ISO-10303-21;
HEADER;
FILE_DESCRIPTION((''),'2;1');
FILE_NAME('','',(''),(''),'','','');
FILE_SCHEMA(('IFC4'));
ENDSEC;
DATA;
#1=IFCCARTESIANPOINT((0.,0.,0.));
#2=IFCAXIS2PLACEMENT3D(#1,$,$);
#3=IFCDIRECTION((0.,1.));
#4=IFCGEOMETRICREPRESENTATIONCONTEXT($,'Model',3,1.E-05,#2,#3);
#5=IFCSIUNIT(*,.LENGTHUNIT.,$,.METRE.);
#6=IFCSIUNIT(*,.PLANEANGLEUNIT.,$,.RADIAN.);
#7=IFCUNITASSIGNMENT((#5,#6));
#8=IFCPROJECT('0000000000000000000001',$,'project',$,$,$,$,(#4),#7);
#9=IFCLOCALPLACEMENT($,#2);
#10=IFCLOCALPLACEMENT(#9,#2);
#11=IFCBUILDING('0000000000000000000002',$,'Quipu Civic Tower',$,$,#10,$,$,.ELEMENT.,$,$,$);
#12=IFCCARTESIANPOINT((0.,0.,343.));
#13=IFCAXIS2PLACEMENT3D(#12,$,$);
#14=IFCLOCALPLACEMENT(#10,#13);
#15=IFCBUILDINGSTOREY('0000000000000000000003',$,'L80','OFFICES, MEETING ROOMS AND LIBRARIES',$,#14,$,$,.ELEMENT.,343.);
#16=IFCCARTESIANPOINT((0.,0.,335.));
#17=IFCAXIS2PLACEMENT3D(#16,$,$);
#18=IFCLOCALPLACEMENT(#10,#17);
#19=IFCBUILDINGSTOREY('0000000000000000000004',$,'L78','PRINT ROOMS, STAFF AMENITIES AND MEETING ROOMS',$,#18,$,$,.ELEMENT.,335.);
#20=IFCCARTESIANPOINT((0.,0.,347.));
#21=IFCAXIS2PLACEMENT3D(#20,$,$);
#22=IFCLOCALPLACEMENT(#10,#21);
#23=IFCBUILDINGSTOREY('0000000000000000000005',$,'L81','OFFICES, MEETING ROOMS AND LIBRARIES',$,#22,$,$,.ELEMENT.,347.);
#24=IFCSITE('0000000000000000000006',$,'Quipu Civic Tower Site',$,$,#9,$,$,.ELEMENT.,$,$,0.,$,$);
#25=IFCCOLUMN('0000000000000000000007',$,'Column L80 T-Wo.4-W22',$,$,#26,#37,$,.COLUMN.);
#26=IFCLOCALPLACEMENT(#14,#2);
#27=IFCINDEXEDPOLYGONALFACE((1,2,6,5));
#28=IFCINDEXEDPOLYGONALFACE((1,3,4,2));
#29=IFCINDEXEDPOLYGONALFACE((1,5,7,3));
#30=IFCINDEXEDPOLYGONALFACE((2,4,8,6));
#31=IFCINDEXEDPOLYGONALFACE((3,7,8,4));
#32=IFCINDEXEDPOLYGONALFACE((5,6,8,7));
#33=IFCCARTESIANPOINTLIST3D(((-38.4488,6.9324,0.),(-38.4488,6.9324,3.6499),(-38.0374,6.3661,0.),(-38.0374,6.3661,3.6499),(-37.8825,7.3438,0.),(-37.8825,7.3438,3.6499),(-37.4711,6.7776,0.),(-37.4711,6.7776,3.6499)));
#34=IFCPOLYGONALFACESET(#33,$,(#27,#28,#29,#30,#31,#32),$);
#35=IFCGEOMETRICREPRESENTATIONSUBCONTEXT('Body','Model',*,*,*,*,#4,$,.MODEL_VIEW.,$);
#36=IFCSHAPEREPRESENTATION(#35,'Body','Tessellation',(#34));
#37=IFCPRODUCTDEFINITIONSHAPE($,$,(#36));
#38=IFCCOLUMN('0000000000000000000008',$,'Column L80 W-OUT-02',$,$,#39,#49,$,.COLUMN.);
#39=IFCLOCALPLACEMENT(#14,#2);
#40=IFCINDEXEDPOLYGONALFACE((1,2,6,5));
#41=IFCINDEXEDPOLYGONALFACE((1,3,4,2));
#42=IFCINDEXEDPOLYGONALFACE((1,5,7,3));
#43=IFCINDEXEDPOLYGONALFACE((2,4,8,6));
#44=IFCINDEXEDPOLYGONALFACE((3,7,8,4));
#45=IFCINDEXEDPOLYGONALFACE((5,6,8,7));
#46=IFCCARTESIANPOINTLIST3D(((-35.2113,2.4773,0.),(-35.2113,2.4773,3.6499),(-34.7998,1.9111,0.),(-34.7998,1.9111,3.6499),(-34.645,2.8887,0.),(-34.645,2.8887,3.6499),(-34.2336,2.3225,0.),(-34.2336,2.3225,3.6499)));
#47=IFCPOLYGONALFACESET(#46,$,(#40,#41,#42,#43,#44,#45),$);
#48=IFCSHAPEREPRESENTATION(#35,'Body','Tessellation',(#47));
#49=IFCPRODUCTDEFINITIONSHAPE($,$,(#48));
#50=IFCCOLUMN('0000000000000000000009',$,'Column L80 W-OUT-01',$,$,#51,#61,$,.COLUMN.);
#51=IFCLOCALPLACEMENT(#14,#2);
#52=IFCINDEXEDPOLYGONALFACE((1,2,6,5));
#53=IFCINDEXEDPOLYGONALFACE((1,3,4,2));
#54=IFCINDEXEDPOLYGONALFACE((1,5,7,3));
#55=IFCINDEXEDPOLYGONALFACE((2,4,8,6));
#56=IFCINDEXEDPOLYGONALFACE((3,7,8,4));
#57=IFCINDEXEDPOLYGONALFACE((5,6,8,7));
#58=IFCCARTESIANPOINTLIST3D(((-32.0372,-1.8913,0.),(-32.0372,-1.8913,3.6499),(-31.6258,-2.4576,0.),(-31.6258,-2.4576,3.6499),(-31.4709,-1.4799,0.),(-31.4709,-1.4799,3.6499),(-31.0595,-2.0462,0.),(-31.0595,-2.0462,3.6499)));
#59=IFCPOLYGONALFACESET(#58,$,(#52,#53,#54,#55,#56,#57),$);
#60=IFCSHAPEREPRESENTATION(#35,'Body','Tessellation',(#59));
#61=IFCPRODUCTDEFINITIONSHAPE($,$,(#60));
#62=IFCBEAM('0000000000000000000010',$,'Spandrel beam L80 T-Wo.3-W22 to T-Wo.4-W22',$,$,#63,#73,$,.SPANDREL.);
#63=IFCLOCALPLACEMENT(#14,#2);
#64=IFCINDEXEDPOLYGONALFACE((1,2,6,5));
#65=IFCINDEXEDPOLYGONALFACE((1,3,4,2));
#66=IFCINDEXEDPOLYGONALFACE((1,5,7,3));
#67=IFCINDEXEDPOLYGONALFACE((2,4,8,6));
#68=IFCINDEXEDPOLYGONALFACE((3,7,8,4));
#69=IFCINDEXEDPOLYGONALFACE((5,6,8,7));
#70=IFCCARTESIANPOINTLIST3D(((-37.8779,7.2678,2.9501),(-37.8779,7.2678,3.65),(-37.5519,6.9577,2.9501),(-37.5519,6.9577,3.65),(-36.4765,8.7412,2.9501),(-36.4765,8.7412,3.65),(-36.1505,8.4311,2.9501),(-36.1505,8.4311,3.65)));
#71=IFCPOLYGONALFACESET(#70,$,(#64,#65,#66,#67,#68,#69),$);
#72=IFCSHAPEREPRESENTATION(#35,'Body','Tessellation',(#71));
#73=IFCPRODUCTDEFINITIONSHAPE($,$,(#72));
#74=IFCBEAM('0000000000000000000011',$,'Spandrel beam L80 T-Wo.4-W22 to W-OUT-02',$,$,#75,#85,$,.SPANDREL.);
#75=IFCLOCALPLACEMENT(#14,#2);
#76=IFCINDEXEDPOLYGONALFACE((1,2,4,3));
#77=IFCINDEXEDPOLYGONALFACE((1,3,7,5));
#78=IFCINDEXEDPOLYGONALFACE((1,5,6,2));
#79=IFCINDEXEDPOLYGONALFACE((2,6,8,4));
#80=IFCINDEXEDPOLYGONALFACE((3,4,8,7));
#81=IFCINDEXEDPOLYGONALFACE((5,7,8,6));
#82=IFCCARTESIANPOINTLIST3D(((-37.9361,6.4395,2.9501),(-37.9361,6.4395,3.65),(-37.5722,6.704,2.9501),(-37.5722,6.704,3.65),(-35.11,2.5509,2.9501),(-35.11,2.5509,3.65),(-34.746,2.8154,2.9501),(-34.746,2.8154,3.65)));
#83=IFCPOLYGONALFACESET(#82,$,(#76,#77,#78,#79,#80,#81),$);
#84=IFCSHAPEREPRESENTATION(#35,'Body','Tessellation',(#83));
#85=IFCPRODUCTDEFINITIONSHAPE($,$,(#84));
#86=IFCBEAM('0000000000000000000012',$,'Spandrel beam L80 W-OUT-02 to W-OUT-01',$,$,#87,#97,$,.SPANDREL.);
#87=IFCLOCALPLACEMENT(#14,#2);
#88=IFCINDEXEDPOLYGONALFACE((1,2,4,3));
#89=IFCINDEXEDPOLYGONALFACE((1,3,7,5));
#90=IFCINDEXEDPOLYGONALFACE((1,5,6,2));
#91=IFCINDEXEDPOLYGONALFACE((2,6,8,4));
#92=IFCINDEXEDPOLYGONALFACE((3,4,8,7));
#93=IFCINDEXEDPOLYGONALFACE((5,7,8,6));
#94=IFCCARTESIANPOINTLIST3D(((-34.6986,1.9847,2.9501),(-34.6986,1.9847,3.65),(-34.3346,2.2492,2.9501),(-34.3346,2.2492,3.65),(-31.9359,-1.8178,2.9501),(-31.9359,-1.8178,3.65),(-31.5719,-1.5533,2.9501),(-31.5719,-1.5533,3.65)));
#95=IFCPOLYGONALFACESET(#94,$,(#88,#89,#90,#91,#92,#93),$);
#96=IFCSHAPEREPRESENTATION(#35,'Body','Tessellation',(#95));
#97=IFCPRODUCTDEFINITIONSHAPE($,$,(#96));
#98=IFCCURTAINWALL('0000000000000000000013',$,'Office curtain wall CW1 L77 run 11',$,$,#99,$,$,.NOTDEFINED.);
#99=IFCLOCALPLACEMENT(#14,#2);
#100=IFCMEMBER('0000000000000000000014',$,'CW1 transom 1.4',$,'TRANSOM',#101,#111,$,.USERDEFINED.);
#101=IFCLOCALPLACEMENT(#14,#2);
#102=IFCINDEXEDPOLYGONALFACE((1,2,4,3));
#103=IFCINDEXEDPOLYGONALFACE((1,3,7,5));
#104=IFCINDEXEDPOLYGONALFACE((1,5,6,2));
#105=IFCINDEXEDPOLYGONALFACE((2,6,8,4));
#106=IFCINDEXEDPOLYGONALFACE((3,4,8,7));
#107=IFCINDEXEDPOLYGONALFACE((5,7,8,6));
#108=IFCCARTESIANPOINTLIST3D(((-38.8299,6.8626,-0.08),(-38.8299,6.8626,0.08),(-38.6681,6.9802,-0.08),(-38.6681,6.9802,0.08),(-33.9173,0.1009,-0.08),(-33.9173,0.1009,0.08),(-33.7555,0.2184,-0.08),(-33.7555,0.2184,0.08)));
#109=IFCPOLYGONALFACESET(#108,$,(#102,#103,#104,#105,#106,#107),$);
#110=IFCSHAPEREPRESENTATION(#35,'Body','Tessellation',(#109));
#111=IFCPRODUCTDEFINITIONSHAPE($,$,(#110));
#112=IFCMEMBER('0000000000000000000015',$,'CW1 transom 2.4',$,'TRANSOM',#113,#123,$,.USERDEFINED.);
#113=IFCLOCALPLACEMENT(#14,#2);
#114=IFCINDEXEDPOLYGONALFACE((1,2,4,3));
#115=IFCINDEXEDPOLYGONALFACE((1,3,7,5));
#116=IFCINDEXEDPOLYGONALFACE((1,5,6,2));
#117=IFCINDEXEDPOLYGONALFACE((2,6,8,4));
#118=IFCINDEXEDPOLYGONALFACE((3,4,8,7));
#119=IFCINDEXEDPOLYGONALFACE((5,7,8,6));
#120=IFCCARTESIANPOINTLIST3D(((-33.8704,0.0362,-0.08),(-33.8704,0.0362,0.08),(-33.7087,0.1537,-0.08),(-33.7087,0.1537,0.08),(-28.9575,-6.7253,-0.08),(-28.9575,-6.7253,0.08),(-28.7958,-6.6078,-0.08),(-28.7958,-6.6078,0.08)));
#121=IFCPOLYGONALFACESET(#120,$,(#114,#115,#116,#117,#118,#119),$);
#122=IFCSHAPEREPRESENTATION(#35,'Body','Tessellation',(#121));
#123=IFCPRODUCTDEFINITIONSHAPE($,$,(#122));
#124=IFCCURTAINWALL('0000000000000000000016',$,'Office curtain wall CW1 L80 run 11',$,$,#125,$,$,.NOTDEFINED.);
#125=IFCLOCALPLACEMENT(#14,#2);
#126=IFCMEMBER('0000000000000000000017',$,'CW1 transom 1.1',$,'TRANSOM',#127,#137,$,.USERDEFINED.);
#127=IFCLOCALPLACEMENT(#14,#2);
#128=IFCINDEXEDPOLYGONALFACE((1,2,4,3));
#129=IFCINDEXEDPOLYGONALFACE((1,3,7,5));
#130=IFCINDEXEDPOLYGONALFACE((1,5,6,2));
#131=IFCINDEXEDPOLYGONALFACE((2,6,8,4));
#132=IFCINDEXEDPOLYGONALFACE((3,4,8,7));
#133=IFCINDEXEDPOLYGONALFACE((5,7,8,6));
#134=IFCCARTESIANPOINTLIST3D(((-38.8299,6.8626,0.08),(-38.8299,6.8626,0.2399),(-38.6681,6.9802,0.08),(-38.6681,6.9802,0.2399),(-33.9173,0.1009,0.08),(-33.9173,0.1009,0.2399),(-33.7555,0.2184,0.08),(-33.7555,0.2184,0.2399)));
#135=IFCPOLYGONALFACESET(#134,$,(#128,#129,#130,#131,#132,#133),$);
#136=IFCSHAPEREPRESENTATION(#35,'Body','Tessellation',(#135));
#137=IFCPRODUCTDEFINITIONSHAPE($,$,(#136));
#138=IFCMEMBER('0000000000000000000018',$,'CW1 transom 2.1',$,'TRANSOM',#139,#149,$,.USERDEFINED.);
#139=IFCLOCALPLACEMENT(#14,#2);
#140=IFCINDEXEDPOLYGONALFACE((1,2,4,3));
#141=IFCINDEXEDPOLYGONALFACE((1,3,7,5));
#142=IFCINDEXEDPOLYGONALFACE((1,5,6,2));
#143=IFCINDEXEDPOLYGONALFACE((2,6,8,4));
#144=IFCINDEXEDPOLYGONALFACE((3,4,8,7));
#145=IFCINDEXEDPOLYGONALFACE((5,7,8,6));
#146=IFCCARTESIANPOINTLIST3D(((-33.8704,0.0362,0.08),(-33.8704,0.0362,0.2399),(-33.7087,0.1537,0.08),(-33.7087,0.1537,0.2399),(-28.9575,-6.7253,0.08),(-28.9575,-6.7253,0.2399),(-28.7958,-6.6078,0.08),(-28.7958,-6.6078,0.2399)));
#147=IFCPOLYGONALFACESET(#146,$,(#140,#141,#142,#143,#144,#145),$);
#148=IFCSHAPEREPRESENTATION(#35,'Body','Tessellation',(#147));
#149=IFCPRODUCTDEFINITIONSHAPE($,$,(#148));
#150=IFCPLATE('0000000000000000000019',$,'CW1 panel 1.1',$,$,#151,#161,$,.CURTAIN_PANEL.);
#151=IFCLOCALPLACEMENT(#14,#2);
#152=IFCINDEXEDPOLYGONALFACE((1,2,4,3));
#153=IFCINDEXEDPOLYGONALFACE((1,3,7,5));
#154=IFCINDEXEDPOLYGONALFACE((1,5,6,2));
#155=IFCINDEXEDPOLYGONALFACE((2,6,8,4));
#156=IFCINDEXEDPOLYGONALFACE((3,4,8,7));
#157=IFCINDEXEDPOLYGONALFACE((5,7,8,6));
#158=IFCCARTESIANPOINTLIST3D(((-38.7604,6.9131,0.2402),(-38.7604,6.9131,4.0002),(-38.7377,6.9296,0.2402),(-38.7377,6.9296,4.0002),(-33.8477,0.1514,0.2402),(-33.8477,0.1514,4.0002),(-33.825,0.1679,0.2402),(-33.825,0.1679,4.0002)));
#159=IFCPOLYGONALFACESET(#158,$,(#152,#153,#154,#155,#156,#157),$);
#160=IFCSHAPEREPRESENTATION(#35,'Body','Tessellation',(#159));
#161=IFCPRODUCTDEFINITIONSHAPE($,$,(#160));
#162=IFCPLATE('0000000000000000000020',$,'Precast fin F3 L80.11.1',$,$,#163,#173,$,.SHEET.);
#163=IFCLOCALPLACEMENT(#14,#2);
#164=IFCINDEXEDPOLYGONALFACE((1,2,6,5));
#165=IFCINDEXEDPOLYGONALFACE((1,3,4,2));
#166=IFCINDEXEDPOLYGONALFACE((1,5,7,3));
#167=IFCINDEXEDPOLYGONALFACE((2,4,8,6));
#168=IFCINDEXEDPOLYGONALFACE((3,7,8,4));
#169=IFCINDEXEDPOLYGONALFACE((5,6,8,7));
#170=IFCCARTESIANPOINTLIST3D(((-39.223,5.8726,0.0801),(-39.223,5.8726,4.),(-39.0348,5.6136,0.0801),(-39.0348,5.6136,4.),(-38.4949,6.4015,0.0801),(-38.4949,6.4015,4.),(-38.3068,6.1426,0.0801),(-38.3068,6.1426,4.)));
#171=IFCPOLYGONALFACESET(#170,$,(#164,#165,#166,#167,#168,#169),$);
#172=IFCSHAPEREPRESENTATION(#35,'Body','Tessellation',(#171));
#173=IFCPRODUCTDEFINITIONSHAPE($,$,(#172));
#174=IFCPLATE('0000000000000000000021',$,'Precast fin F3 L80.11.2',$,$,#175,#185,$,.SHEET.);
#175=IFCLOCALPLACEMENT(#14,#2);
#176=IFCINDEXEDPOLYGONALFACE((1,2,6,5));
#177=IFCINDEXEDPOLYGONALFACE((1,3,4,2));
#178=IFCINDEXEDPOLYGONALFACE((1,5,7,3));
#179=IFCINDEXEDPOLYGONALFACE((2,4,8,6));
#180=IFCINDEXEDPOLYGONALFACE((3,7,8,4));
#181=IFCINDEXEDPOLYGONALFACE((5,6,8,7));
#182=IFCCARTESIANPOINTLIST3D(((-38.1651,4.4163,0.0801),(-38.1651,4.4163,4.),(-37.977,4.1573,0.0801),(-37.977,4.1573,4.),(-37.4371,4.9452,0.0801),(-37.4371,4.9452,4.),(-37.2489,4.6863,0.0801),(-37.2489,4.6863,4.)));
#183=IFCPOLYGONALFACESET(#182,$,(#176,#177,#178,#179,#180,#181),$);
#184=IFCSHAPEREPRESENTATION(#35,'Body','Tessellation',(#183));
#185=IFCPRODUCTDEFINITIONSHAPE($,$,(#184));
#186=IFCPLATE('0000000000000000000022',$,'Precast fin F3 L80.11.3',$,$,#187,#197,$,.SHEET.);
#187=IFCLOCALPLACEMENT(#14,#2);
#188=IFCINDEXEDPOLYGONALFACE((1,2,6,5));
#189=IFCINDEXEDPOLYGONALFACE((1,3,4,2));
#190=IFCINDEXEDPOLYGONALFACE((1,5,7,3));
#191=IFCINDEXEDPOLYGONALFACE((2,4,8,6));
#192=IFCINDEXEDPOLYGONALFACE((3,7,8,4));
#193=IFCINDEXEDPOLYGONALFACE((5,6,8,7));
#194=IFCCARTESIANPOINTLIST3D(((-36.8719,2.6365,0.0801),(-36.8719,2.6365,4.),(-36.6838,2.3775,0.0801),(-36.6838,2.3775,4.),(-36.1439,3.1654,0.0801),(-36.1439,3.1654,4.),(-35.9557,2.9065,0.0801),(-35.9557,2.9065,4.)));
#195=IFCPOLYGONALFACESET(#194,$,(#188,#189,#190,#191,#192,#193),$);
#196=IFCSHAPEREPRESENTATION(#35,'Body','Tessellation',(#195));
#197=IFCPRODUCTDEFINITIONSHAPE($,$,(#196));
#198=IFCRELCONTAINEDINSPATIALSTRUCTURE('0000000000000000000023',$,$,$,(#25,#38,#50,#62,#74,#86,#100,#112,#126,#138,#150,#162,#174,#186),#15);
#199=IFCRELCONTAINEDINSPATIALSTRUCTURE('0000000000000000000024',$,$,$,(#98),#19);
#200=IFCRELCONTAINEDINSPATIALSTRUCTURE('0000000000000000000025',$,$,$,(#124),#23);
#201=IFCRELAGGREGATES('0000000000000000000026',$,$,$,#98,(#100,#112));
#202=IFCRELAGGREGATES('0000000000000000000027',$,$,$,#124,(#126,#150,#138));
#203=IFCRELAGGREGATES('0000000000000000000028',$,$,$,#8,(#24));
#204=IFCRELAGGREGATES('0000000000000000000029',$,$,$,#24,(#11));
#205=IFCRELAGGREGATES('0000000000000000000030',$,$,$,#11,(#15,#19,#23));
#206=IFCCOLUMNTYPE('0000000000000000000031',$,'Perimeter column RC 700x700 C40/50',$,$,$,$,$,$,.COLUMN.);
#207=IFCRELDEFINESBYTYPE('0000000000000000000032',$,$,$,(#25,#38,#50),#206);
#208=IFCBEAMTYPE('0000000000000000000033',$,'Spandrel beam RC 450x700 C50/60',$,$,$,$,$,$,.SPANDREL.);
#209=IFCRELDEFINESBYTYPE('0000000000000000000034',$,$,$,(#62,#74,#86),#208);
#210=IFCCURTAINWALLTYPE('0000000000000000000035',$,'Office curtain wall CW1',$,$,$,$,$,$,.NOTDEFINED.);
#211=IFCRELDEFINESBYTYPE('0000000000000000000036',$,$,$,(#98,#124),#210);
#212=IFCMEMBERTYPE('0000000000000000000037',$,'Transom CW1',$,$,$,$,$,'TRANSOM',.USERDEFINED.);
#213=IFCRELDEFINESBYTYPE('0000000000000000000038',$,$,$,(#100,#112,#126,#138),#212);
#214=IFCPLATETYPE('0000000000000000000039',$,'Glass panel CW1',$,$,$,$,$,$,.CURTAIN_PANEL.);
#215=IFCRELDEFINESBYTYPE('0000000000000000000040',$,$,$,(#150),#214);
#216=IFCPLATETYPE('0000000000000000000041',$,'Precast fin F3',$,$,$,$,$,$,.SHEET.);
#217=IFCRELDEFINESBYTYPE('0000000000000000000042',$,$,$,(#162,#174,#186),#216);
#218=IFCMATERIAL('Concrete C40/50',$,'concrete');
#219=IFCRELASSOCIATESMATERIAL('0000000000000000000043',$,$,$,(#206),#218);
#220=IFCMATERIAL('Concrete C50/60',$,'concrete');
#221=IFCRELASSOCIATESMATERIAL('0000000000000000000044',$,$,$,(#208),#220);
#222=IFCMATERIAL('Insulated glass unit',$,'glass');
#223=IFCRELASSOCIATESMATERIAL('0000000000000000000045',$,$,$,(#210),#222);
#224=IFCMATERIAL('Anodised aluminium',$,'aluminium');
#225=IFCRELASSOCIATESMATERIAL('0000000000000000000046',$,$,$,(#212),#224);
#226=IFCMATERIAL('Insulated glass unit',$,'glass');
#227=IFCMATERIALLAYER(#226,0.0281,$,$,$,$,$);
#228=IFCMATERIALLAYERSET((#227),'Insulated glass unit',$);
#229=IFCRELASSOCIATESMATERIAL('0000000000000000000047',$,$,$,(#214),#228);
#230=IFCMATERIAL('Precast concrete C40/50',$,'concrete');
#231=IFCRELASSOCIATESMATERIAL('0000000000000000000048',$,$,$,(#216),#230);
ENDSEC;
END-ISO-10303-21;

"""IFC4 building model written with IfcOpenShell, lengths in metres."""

from ifc_helpers import new_model, si_unit, direction, frame, origin, origin_2d, place, context, subcontext, project, spatial, rectangle, extrude, material, layer, layer_set, material_profile, profile_set, type_object, element, aggregate, save


model = new_model("IFC4")

# Units and contexts
model_context = context("Model", 3, precision=1e-05, world=origin(), true_north=direction((0.0, 1.0)))
body_context = subcontext(model_context, "Body", "Model", "MODEL_VIEW")
ifc_project = project(units=[si_unit("LENGTHUNIT", "METRE"), si_unit("PLANEANGLEUNIT", "RADIAN")], contexts=[model_context])

# Site, building, storey
site_placement = place(None, origin())
site = spatial("IfcSite", under=ifc_project, at=site_placement, Name="Quipu Civic Tower Site", CompositionType="ELEMENT", RefElevation=0.0)
building_placement = place(site_placement, origin())
building = spatial("IfcBuilding", under=site, at=building_placement, Name="Quipu Civic Tower", CompositionType="ELEMENT")
storey_1_placement = place(building_placement, frame((0.0, 0.0, 343.0)))
storey_1 = spatial("IfcBuildingStorey", under=building, at=storey_1_placement, Name="L80", Description="OFFICES, MEETING ROOMS AND LIBRARIES", CompositionType="ELEMENT", Elevation=343.0)

# Columns
ifc_material_1 = material(Name="Concrete C40/50", Category="concrete")
ifc_material_profile_1 = material_profile(ifc_material_1, rectangle(XDim=0.7, YDim=0.7, at=origin_2d()), Name="RC700x700")
ifc_profile_set_1 = profile_set([ifc_material_profile_1], Name="Concrete C40/50")
column_type = type_object("IfcColumnType", Name="Perimeter column RC 700x700 C40/50", PredefinedType="COLUMN", material=ifc_profile_set_1)
for number, where, z_axis, x_axis, name in (
    (1, (-37.96, 6.855, 0.0), (0.0, 0.0, 1.0), (0.587785, -0.809017, 0.0), "Column L80 T-Wo.4-W22"),
    (2, (-34.7224, 2.3999, 0.0), (0.0, 0.0, 1.0), (0.587785, -0.809017, 0.0), "Column L80 W-OUT-02"),
    (3, (-31.5483, -1.9688, 0.0), (0.0, 0.0, 1.0), (0.587785, -0.809017, 0.0), "Column L80 W-OUT-01"),
):
    element("IfcColumn", number, at=place(storey_1_placement, frame(where, z_axis=z_axis, x_axis=x_axis)), inside=storey_1, type_object=column_type, Name=name, PredefinedType="COLUMN", context=body_context, shape_type="SweptSolid", body=[
        extrude(rectangle(XDim=0.7, YDim=0.7, at=origin_2d()), origin(), (0.0, 0.0, 1.0), 3.6499),
    ])

# Beams
ifc_material_2 = material(Name="Concrete C50/60", Category="concrete")
ifc_material_profile_2 = material_profile(ifc_material_2, rectangle(XDim=0.45, YDim=0.7, at=origin_2d()), Name="RC450x700")
ifc_profile_set_2 = profile_set([ifc_material_profile_2], Name="Concrete C50/60")
beam_type = type_object("IfcBeamType", Name="Spandrel beam RC 450x700 C50/60", PredefinedType="SPANDREL", material=ifc_profile_set_2)
beam_1_placement = place(storey_1_placement, frame((-36.3135, 8.5862, 3.3), z_axis=(-0.689175, -0.724595, 0.0), x_axis=(0.724595, -0.689175, 0.0)))
element("IfcBeam", 4, at=beam_1_placement, inside=storey_1, type_object=beam_type, Name="Spandrel beam L80 T-Wo.3-W22 to T-Wo.4-W22", PredefinedType="SPANDREL", context=body_context, shape_type="SweptSolid", body=[
    extrude(rectangle(XDim=0.45, YDim=0.7, at=origin_2d()), origin(), (0.0, 0.0, 1.0), 2.0334),
])
beam_2_placement = place(storey_1_placement, frame((-37.7542, 6.5718, 3.3), z_axis=(0.587906, -0.808929, 0.0), x_axis=(0.808929, 0.587906, 0.0)))
element("IfcBeam", 5, at=beam_2_placement, inside=storey_1, type_object=beam_type, Name="Spandrel beam L80 T-Wo.4-W22 to W-OUT-02", PredefinedType="SPANDREL", context=body_context, shape_type="SweptSolid", body=[
    extrude(rectangle(XDim=0.45, YDim=0.7, at=origin_2d()), origin(), (0.0, 0.0, 1.0), 4.8071),
])
beam_3_placement = place(storey_1_placement, frame((-34.5166, 2.1169, 3.3), z_axis=(0.587789, -0.809015, 0.0), x_axis=(0.809015, 0.587789, 0.0)))
element("IfcBeam", 6, at=beam_3_placement, inside=storey_1, type_object=beam_type, Name="Spandrel beam L80 W-OUT-02 to W-OUT-01", PredefinedType="SPANDREL", context=body_context, shape_type="SweptSolid", body=[
    extrude(rectangle(XDim=0.45, YDim=0.7, at=origin_2d()), origin(), (0.0, 0.0, 1.0), 4.7002),
])

# Shared definitions
storey_2_placement = place(building_placement, frame((0.0, 0.0, 335.0)))
storey_2 = spatial("IfcBuildingStorey", under=building, at=storey_2_placement, Name="L78", Description="PRINT ROOMS, STAFF AMENITIES AND MEETING ROOMS", CompositionType="ELEMENT", Elevation=335.0)

# Curtain wall, members
ifc_material_3 = material(Name="Insulated glass unit", Category="glass")
curtain_wall_type = type_object("IfcCurtainWallType", Name="Office curtain wall CW1", PredefinedType="NOTDEFINED", material=ifc_material_3)
curtain_wall_1_placement = place(storey_2_placement, origin())
curtain_wall_1 = element("IfcCurtainWall", 7, at=curtain_wall_1_placement, inside=storey_2, type_object=curtain_wall_type, Name="Office curtain wall CW1 L77 run 11", PredefinedType="NOTDEFINED")
ifc_material_4 = material(Name="Anodised aluminium", Category="aluminium")
ifc_material_profile_3 = material_profile(ifc_material_4, rectangle(XDim=0.2, YDim=0.1599, at=origin_2d()), Name="RECT 200x160")
ifc_profile_set_3 = profile_set([ifc_material_profile_3], Name="Anodised aluminium")
member_type = type_object("IfcMemberType", Name="Transom CW1", ElementType="TRANSOM", PredefinedType="USERDEFINED", material=ifc_profile_set_3)
member_1_placement = place(storey_1_placement, frame((-38.749, 6.9214, 0.0), z_axis=(0.587779, -0.809021, 0.0), x_axis=(0.809021, 0.587779, 0.0)))
member_1 = element("IfcMember", 8, at=member_1_placement, inside=storey_1, type_object=member_type, Name="CW1 transom 1.4", ObjectType="TRANSOM", PredefinedType="USERDEFINED", context=body_context, shape_type="SweptSolid", body=[
    extrude(rectangle(XDim=0.2, YDim=0.1599, at=origin_2d()), origin(), (0.0, 0.0, 1.0), 8.3579),
])
member_2_placement = place(storey_1_placement, frame((-33.7896, 0.095, 0.0), z_axis=(0.587812, -0.808997, 0.0), x_axis=(0.808997, 0.587812, 0.0)))
member_2 = element("IfcMember", 9, at=member_2_placement, inside=storey_1, type_object=member_type, Name="CW1 transom 2.4", ObjectType="TRANSOM", PredefinedType="USERDEFINED", context=body_context, shape_type="SweptSolid", body=[
    extrude(rectangle(XDim=0.2, YDim=0.1599, at=origin_2d()), origin(), (0.0, 0.0, 1.0), 8.3579),
])
aggregate(curtain_wall_1, [member_1, member_2])

# Shared definitions
storey_3_placement = place(building_placement, frame((0.0, 0.0, 347.0)))
storey_3 = spatial("IfcBuildingStorey", under=building, at=storey_3_placement, Name="L81", Description="OFFICES, MEETING ROOMS AND LIBRARIES", CompositionType="ELEMENT", Elevation=347.0)

# Curtain wall, members, plate
curtain_wall_2_placement = place(storey_3_placement, origin())
curtain_wall_2 = element("IfcCurtainWall", 10, at=curtain_wall_2_placement, inside=storey_3, type_object=curtain_wall_type, Name="Office curtain wall CW1 L80 run 11", PredefinedType="NOTDEFINED")
member_3_placement = place(storey_1_placement, frame((-38.749, 6.9214, 0.1599), z_axis=(0.587779, -0.809021, 0.0), x_axis=(0.809021, 0.587779, 0.0)))
member_3 = element("IfcMember", 11, at=member_3_placement, inside=storey_1, type_object=member_type, Name="CW1 transom 1.1", ObjectType="TRANSOM", PredefinedType="USERDEFINED", context=body_context, shape_type="SweptSolid", body=[
    extrude(rectangle(XDim=0.2, YDim=0.1599, at=origin_2d()), origin(), (0.0, 0.0, 1.0), 8.3579),
])
member_4_placement = place(storey_1_placement, frame((-33.7896, 0.095, 0.1599), z_axis=(0.587812, -0.808997, 0.0), x_axis=(0.808997, 0.587812, 0.0)))
member_4 = element("IfcMember", 12, at=member_4_placement, inside=storey_1, type_object=member_type, Name="CW1 transom 2.1", ObjectType="TRANSOM", PredefinedType="USERDEFINED", context=body_context, shape_type="SweptSolid", body=[
    extrude(rectangle(XDim=0.2, YDim=0.1599, at=origin_2d()), origin(), (0.0, 0.0, 1.0), 8.3579),
])
ifc_material_5 = material(Name="Insulated glass unit", Category="glass")
ifc_layer_1 = layer(ifc_material_5, 0.0281)
ifc_layer_set_1 = layer_set([ifc_layer_1], Name="Insulated glass unit")
plate_type_1 = type_object("IfcPlateType", Name="Glass panel CW1", PredefinedType="CURTAIN_PANEL", material=ifc_layer_set_1)
plate_placement = place(storey_1_placement, frame((-36.2927, 3.5405, 0.2402), z_axis=(0.0, 0.0, 1.0), x_axis=(0.587786, -0.809016, 0.0)))
plate = element("IfcPlate", 13, at=plate_placement, inside=storey_1, type_object=plate_type_1, Name="CW1 panel 1.1", PredefinedType="CURTAIN_PANEL", context=body_context, shape_type="SweptSolid", body=[
    extrude(rectangle(XDim=8.3579, YDim=0.0281, at=origin_2d()), origin(), (0.0, 0.0, 1.0), 3.76),
])
aggregate(curtain_wall_2, [member_3, plate, member_4])

# Plates
ifc_material_6 = material(Name="Precast concrete C40/50", Category="concrete")
plate_type_2 = type_object("IfcPlateType", Name="Precast fin F3", PredefinedType="SHEET", material=ifc_material_6)
for number, where, z_axis, x_axis, name in (
    (14, (-38.7649, 6.0076, 0.0801), (0.0, 0.0, 1.0), (0.587787, -0.809016, 0.0), "Precast fin F3 L80.11.1"),
    (15, (-37.707, 4.5513, 0.0801), (0.0, 0.0, 1.0), (0.587787, -0.809016, 0.0), "Precast fin F3 L80.11.2"),
    (16, (-36.4138, 2.7715, 0.0801), (0.0, 0.0, 1.0), (0.587787, -0.809016, 0.0), "Precast fin F3 L80.11.3"),
):
    element("IfcPlate", number, at=place(storey_1_placement, frame(where, z_axis=z_axis, x_axis=x_axis)), inside=storey_1, type_object=plate_type_2, Name=name, PredefinedType="SHEET", context=body_context, shape_type="SweptSolid", body=[
        extrude(rectangle(XDim=0.3201, YDim=0.8999, at=origin_2d()), origin(), (0.0, 0.0, 1.0), 3.9199),
    ])

save(model, "model.ifc")
